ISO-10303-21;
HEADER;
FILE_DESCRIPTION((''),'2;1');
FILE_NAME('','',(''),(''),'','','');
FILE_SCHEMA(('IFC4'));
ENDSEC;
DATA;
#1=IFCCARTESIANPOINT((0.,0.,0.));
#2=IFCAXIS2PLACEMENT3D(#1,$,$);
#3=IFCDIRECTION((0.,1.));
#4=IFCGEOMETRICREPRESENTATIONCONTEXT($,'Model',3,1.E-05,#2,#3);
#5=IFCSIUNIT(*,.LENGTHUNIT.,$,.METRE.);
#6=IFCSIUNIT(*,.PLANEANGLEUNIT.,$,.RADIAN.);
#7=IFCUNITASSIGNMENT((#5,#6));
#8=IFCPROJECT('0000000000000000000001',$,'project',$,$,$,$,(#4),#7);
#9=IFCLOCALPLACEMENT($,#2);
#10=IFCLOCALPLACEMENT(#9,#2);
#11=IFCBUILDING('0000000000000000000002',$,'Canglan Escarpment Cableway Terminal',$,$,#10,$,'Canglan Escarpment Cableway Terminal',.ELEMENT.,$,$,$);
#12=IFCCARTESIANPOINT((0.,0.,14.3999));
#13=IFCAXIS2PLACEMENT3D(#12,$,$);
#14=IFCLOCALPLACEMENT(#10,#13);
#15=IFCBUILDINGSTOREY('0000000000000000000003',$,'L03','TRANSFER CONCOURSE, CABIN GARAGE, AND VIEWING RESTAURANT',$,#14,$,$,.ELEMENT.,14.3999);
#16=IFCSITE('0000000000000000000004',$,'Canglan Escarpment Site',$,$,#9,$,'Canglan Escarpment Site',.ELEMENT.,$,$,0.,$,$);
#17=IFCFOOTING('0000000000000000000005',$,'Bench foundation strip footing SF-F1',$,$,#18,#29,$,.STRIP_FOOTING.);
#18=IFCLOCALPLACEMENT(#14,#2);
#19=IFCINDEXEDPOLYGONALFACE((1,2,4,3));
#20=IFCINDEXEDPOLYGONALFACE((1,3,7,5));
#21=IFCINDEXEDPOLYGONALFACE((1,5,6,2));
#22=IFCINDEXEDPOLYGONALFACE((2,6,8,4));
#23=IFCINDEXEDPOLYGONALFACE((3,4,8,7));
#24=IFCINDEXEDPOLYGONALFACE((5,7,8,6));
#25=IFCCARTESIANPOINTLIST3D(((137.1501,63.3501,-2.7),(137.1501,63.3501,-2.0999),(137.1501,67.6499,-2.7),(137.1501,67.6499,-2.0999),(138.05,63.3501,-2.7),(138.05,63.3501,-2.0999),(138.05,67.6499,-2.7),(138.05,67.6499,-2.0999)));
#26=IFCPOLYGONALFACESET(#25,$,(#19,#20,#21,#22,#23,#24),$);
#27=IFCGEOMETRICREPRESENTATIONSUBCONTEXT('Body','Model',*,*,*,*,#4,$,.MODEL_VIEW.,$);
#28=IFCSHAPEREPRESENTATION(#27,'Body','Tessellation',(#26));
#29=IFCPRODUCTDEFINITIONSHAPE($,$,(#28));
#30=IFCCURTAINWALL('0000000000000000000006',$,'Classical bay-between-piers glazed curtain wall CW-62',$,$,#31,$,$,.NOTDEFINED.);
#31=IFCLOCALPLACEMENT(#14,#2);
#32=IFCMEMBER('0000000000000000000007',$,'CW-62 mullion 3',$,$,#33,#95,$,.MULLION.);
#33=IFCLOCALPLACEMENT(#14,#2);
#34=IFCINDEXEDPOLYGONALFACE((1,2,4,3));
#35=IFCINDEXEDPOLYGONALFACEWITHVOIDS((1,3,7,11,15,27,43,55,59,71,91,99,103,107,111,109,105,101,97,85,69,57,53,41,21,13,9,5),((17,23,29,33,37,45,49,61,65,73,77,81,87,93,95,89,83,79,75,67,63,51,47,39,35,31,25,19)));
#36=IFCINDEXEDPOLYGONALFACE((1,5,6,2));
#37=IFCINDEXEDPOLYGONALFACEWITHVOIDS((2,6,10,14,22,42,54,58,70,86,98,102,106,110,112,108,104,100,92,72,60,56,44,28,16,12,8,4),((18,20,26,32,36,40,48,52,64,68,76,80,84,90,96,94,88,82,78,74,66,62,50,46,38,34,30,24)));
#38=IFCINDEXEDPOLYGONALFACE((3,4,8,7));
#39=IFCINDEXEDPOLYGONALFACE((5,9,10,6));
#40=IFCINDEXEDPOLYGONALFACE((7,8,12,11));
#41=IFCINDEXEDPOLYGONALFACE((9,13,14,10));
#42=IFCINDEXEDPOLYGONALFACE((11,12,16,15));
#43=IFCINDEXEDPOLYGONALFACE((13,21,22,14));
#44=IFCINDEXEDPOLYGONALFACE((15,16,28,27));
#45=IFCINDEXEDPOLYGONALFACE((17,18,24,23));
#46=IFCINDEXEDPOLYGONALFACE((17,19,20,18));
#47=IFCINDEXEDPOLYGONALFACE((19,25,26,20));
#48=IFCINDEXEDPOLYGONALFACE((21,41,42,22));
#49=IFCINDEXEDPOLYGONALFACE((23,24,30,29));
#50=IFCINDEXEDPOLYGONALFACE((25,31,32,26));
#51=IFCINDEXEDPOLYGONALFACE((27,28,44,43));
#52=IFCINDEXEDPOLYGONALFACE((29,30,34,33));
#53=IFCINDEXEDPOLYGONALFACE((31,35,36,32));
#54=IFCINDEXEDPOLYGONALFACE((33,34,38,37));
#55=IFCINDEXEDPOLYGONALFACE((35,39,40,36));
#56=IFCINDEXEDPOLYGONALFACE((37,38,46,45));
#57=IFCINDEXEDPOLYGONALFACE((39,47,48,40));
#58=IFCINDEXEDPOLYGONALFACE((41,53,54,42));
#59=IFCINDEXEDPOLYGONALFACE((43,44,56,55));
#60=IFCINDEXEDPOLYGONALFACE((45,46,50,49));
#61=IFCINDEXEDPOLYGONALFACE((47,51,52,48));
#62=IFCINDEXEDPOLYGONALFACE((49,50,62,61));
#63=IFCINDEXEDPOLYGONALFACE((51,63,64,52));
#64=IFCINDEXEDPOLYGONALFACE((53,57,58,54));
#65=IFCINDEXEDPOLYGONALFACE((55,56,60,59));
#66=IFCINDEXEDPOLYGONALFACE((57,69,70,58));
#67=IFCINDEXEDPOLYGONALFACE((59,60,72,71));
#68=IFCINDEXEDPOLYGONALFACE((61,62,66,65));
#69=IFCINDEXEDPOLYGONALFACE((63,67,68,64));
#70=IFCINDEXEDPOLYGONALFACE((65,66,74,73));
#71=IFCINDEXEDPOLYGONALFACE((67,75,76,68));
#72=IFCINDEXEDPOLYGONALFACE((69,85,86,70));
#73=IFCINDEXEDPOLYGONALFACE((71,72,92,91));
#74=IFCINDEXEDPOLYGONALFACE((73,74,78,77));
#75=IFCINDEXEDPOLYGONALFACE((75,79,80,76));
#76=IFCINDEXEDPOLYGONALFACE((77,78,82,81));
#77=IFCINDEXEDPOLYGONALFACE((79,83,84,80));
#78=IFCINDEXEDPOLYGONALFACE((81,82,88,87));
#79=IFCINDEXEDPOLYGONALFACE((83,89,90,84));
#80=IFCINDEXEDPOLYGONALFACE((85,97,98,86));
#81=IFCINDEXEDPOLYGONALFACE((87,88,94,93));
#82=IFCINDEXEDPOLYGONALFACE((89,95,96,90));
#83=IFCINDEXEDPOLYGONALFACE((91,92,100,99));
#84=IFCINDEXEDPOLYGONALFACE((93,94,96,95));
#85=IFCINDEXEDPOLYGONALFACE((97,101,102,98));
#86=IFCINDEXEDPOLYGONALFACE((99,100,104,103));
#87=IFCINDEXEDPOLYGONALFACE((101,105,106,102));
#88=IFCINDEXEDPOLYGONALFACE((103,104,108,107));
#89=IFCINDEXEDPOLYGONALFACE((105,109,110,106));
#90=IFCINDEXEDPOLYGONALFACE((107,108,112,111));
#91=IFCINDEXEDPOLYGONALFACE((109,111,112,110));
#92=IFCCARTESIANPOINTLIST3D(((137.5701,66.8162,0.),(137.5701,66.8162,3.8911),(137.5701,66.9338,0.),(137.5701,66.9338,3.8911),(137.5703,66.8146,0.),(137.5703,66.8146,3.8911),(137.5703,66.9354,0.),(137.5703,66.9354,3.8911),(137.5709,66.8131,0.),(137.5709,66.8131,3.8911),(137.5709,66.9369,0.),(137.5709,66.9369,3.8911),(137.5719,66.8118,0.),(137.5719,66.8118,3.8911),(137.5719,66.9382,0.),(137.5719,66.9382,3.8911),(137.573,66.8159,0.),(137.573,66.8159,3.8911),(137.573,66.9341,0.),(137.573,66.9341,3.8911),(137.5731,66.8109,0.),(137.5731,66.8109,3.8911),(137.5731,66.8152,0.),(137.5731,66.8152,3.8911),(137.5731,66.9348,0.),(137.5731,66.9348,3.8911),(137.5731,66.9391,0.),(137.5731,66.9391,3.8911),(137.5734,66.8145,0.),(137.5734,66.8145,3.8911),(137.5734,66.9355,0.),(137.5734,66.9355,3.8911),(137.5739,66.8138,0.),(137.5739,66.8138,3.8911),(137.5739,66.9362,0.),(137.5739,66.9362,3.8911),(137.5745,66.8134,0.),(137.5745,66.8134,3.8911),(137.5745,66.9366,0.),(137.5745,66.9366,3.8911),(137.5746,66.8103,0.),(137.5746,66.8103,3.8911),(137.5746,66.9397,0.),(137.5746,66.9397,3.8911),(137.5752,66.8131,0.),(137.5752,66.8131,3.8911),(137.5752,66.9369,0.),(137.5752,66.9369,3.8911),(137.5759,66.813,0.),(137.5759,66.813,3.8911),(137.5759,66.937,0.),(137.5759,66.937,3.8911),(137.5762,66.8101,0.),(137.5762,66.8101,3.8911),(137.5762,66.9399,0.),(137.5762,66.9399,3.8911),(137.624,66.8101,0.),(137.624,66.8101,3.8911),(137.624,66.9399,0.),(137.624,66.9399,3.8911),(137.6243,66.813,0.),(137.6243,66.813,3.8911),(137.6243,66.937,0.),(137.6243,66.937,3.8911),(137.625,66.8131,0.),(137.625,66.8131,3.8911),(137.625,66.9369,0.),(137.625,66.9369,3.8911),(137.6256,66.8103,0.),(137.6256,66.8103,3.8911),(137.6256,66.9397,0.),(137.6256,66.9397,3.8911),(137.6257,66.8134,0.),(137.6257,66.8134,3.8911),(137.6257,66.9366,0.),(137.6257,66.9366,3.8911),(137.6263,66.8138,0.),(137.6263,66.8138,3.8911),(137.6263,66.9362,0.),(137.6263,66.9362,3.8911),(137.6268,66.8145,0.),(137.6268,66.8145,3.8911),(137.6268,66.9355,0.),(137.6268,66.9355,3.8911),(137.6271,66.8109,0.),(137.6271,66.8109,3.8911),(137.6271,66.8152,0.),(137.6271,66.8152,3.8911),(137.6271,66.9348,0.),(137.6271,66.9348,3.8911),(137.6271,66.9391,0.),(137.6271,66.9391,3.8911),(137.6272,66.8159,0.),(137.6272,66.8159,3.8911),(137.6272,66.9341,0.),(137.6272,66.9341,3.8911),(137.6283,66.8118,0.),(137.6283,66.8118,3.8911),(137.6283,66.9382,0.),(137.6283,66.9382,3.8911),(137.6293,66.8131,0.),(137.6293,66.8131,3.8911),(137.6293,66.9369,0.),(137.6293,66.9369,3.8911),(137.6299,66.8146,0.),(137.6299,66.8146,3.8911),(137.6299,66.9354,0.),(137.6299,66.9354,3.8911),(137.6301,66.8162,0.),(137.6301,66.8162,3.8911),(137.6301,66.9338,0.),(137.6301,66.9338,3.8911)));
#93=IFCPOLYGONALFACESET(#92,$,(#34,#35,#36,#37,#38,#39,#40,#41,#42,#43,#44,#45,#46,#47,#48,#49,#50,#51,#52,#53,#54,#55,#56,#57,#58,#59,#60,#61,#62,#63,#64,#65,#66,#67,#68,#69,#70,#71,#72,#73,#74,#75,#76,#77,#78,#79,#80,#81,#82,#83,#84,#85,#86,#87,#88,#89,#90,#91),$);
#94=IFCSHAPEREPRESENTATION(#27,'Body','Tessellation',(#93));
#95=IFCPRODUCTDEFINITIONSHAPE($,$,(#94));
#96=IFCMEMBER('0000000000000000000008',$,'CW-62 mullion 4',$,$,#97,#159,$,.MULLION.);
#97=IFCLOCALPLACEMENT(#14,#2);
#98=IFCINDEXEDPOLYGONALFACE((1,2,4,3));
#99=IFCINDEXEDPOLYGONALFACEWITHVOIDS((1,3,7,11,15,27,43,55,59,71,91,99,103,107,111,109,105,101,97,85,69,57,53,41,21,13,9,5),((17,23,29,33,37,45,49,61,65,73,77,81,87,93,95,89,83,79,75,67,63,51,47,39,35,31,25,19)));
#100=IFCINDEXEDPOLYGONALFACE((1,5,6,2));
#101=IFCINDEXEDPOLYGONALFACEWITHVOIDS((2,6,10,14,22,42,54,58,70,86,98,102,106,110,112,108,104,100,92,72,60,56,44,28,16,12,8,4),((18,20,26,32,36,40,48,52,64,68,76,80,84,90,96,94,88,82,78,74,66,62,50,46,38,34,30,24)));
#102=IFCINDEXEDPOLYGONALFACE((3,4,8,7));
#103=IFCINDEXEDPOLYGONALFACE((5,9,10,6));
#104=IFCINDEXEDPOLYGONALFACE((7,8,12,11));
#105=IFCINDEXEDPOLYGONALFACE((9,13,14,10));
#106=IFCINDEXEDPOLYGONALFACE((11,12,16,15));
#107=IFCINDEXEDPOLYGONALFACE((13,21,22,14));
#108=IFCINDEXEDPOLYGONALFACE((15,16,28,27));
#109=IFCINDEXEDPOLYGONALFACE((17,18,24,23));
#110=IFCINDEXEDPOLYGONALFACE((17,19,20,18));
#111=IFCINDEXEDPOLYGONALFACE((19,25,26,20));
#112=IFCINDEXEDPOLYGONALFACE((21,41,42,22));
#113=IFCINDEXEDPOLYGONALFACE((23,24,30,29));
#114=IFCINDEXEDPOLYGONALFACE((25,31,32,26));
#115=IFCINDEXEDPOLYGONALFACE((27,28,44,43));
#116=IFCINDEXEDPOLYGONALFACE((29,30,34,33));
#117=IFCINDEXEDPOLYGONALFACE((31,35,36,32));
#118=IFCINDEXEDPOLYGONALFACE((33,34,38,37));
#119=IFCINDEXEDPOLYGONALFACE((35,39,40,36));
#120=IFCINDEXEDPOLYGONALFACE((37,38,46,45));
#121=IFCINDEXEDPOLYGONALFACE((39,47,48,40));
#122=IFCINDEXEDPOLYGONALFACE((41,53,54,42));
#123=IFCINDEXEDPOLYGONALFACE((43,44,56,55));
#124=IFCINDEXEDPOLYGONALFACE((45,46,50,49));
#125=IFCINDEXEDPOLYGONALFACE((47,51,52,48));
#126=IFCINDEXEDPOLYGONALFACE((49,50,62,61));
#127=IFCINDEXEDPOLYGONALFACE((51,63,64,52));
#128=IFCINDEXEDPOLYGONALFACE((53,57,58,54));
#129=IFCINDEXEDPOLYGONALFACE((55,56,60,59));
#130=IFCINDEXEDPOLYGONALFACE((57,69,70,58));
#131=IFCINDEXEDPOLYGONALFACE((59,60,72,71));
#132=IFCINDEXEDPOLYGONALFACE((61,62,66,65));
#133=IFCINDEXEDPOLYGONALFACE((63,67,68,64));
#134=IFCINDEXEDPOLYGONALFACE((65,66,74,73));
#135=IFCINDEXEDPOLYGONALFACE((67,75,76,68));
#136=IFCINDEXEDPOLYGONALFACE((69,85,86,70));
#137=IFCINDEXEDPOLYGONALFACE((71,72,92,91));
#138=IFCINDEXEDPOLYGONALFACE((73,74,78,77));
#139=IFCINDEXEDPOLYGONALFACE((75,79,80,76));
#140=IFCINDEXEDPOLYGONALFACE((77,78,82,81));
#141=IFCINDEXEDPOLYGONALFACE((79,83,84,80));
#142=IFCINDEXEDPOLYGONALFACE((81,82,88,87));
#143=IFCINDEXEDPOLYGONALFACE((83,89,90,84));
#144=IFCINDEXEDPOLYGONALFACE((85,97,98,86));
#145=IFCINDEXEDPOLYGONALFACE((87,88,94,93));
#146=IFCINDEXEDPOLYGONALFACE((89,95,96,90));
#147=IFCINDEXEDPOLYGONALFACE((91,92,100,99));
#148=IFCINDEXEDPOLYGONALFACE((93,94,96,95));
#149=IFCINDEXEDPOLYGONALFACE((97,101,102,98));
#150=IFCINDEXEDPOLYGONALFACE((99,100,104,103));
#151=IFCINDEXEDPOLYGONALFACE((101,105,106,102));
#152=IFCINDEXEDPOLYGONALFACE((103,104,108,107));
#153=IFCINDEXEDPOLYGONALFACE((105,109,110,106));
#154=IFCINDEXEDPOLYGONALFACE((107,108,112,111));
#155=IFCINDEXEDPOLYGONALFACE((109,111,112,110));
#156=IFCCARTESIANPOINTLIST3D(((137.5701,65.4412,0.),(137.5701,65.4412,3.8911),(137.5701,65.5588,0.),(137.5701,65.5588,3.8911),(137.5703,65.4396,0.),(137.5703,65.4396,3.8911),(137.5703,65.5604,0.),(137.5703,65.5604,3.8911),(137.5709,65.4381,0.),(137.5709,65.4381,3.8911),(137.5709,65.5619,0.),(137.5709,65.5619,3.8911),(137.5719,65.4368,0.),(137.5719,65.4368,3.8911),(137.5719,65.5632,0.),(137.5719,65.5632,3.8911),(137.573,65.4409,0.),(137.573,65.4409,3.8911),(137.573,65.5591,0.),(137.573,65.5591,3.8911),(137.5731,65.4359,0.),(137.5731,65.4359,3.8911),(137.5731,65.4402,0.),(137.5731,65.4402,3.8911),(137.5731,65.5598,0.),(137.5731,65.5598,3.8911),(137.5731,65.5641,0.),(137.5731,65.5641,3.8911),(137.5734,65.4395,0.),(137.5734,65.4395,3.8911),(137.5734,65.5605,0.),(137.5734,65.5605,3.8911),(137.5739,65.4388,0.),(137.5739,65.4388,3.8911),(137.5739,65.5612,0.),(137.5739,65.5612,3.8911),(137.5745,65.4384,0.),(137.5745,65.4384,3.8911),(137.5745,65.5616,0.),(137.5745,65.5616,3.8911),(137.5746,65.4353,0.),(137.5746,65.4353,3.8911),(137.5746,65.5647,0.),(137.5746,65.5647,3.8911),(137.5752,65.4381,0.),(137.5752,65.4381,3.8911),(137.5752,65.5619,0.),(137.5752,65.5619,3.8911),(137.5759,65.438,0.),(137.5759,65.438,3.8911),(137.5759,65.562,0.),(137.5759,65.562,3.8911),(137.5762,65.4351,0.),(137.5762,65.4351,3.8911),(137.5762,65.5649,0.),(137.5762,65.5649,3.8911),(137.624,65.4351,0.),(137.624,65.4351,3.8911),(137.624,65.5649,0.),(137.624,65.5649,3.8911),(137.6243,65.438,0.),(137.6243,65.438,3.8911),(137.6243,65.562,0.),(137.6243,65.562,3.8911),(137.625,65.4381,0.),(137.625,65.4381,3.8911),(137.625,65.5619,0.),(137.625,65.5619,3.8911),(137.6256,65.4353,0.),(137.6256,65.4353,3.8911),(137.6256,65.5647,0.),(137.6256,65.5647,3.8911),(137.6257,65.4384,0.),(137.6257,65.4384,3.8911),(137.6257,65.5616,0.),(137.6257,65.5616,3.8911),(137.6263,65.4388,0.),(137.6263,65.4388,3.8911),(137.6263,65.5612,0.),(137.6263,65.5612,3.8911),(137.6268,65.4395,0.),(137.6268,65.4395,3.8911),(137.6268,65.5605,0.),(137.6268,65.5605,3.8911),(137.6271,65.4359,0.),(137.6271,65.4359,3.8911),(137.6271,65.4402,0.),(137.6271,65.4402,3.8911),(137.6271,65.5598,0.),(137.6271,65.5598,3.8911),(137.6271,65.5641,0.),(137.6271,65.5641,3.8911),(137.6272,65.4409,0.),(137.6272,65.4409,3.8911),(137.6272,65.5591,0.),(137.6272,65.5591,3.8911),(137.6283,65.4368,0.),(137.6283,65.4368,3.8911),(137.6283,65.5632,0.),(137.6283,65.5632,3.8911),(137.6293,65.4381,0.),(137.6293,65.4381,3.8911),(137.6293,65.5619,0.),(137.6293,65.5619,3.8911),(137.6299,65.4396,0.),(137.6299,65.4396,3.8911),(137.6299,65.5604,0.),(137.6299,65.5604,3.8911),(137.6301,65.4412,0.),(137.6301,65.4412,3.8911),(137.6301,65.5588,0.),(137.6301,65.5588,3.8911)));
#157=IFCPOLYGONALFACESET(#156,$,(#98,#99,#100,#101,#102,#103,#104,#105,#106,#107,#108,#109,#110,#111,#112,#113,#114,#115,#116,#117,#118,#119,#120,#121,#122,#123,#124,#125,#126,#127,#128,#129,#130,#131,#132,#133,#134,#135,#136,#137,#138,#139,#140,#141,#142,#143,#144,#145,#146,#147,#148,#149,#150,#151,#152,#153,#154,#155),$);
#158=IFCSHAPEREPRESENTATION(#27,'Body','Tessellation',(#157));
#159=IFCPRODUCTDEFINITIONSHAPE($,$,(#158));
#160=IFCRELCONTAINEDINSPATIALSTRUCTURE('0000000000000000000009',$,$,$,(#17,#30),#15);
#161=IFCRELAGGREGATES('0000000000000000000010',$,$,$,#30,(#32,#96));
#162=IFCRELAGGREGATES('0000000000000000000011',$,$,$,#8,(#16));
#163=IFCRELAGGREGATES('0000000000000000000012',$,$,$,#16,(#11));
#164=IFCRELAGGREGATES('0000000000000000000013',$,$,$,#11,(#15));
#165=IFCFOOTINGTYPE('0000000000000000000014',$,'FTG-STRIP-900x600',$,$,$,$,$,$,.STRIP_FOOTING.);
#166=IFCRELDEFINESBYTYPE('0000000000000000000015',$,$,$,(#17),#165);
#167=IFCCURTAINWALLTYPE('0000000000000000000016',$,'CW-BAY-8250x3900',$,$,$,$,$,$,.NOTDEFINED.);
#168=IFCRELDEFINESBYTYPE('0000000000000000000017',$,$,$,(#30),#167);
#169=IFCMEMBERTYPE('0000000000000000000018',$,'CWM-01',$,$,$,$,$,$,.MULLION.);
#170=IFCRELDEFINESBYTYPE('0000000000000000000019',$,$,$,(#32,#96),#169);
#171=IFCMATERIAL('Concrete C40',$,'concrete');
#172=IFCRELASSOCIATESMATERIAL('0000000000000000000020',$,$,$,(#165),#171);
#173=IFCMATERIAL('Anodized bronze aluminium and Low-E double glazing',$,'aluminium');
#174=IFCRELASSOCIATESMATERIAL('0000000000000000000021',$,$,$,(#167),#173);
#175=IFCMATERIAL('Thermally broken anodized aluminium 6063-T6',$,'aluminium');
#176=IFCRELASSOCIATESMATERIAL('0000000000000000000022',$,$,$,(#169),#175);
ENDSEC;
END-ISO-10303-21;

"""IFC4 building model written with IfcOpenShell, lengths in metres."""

from ifc_helpers import new_model, si_unit, direction, frame, origin, origin_2d, place, context, subcontext, project, spatial, rectangle, hollow_rectangle, extrude, material, material_profile, profile_set, type_object, element, aggregate, save


model = new_model("IFC4")

# Units and contexts
model_context = context("Model", 3, precision=1e-05, world=origin(), true_north=direction((0.0, 1.0)))
body_context = subcontext(model_context, "Body", "Model", "MODEL_VIEW")
ifc_project = project(units=[si_unit("LENGTHUNIT", "METRE"), si_unit("PLANEANGLEUNIT", "RADIAN")], contexts=[model_context])

# Site, building, storey
site_placement = place(None, origin())
site = spatial("IfcSite", under=ifc_project, at=site_placement, Name="Canglan Escarpment Site", LongName="Canglan Escarpment Site", CompositionType="ELEMENT", RefElevation=0.0)
building_placement = place(site_placement, origin())
building = spatial("IfcBuilding", under=site, at=building_placement, Name="Canglan Escarpment Cableway Terminal", LongName="Canglan Escarpment Cableway Terminal", CompositionType="ELEMENT")
storey_placement = place(building_placement, frame((0.0, 0.0, 14.3999)))
storey = spatial("IfcBuildingStorey", under=building, at=storey_placement, Name="L03", Description="TRANSFER CONCOURSE, CABIN GARAGE, AND VIEWING RESTAURANT", CompositionType="ELEMENT", Elevation=14.3999)

# Footing
ifc_material_1 = material(Name="Concrete C40", Category="concrete")
ifc_material_profile_1 = material_profile(ifc_material_1, rectangle(XDim=0.8999, YDim=0.6001, at=origin_2d()), Name="SF 900x600")
ifc_profile_set_1 = profile_set([ifc_material_profile_1], Name="Concrete C40")
footing_type = type_object("IfcFootingType", Name="FTG-STRIP-900x600", PredefinedType="STRIP_FOOTING", material=ifc_profile_set_1)
footing_placement = place(storey_placement, frame((137.6001, 63.3501, -2.3999), z_axis=(0.0, 1.0, 0.0), x_axis=(-1.0, 0.0, 0.0)))
element("IfcFooting", 1, at=footing_placement, inside=storey, type_object=footing_type, Name="Bench foundation strip footing SF-F1", PredefinedType="STRIP_FOOTING", context=body_context, shape_type="SweptSolid", body=[
    extrude(rectangle(XDim=0.8999, YDim=0.6001, at=origin_2d()), origin(), (0.0, 0.0, 1.0), 4.2998),
])

# Curtain wall, members
ifc_material_2 = material(Name="Anodized bronze aluminium and Low-E double glazing", Category="aluminium")
curtain_wall_type = type_object("IfcCurtainWallType", Name="CW-BAY-8250x3900", PredefinedType="NOTDEFINED", material=ifc_material_2)
curtain_wall_placement = place(storey_placement, origin())
curtain_wall = element("IfcCurtainWall", 2, at=curtain_wall_placement, inside=storey, type_object=curtain_wall_type, Name="Classical bay-between-piers glazed curtain wall CW-62", PredefinedType="NOTDEFINED")
ifc_material_3 = material(Name="Thermally broken anodized aluminium 6063-T6", Category="aluminium")
ifc_material_profile_2 = material_profile(ifc_material_3, hollow_rectangle(XDim=0.0601, YDim=0.1299, WallThickness=0.0029, InnerFilletRadius=0.0029, OuterFilletRadius=0.0061, at=origin_2d()), Name="ALU-MULL 60x130x3")
ifc_profile_set_2 = profile_set([ifc_material_profile_2], Name="Thermally broken anodized aluminium 6063-T6")
member_type_1 = type_object("IfcMemberType", Name="CWM-01", PredefinedType="MULLION", material=ifc_profile_set_2)
member_1_placement = place(storey_placement, frame((137.6001, 66.875, 0.0), z_axis=(0.0, 0.0, 1.0), x_axis=(1.0, 0.0, 0.0)))
member_1 = element("IfcMember", 3, at=member_1_placement, type_object=member_type_1, Name="CW-62 mullion 3", PredefinedType="MULLION", context=body_context, shape_type="SweptSolid", body=[
    extrude(hollow_rectangle(XDim=0.0601, YDim=0.1299, WallThickness=0.0029, InnerFilletRadius=0.0029, OuterFilletRadius=0.0061, at=origin_2d()), origin(), (0.0, 0.0, 1.0), 3.8911),
])
member_2_placement = place(storey_placement, frame((137.6001, 65.5, 0.0), z_axis=(0.0, 0.0, 1.0), x_axis=(1.0, 0.0, 0.0)))
member_2 = element("IfcMember", 4, at=member_2_placement, type_object=member_type_1, Name="CW-62 mullion 4", PredefinedType="MULLION", context=body_context, shape_type="SweptSolid", body=[
    extrude(hollow_rectangle(XDim=0.0601, YDim=0.1299, WallThickness=0.0029, InnerFilletRadius=0.0029, OuterFilletRadius=0.0061, at=origin_2d()), origin(), (0.0, 0.0, 1.0), 3.8911),
])
aggregate(curtain_wall, [member_1, member_2])

save(model, "model.ifc")
